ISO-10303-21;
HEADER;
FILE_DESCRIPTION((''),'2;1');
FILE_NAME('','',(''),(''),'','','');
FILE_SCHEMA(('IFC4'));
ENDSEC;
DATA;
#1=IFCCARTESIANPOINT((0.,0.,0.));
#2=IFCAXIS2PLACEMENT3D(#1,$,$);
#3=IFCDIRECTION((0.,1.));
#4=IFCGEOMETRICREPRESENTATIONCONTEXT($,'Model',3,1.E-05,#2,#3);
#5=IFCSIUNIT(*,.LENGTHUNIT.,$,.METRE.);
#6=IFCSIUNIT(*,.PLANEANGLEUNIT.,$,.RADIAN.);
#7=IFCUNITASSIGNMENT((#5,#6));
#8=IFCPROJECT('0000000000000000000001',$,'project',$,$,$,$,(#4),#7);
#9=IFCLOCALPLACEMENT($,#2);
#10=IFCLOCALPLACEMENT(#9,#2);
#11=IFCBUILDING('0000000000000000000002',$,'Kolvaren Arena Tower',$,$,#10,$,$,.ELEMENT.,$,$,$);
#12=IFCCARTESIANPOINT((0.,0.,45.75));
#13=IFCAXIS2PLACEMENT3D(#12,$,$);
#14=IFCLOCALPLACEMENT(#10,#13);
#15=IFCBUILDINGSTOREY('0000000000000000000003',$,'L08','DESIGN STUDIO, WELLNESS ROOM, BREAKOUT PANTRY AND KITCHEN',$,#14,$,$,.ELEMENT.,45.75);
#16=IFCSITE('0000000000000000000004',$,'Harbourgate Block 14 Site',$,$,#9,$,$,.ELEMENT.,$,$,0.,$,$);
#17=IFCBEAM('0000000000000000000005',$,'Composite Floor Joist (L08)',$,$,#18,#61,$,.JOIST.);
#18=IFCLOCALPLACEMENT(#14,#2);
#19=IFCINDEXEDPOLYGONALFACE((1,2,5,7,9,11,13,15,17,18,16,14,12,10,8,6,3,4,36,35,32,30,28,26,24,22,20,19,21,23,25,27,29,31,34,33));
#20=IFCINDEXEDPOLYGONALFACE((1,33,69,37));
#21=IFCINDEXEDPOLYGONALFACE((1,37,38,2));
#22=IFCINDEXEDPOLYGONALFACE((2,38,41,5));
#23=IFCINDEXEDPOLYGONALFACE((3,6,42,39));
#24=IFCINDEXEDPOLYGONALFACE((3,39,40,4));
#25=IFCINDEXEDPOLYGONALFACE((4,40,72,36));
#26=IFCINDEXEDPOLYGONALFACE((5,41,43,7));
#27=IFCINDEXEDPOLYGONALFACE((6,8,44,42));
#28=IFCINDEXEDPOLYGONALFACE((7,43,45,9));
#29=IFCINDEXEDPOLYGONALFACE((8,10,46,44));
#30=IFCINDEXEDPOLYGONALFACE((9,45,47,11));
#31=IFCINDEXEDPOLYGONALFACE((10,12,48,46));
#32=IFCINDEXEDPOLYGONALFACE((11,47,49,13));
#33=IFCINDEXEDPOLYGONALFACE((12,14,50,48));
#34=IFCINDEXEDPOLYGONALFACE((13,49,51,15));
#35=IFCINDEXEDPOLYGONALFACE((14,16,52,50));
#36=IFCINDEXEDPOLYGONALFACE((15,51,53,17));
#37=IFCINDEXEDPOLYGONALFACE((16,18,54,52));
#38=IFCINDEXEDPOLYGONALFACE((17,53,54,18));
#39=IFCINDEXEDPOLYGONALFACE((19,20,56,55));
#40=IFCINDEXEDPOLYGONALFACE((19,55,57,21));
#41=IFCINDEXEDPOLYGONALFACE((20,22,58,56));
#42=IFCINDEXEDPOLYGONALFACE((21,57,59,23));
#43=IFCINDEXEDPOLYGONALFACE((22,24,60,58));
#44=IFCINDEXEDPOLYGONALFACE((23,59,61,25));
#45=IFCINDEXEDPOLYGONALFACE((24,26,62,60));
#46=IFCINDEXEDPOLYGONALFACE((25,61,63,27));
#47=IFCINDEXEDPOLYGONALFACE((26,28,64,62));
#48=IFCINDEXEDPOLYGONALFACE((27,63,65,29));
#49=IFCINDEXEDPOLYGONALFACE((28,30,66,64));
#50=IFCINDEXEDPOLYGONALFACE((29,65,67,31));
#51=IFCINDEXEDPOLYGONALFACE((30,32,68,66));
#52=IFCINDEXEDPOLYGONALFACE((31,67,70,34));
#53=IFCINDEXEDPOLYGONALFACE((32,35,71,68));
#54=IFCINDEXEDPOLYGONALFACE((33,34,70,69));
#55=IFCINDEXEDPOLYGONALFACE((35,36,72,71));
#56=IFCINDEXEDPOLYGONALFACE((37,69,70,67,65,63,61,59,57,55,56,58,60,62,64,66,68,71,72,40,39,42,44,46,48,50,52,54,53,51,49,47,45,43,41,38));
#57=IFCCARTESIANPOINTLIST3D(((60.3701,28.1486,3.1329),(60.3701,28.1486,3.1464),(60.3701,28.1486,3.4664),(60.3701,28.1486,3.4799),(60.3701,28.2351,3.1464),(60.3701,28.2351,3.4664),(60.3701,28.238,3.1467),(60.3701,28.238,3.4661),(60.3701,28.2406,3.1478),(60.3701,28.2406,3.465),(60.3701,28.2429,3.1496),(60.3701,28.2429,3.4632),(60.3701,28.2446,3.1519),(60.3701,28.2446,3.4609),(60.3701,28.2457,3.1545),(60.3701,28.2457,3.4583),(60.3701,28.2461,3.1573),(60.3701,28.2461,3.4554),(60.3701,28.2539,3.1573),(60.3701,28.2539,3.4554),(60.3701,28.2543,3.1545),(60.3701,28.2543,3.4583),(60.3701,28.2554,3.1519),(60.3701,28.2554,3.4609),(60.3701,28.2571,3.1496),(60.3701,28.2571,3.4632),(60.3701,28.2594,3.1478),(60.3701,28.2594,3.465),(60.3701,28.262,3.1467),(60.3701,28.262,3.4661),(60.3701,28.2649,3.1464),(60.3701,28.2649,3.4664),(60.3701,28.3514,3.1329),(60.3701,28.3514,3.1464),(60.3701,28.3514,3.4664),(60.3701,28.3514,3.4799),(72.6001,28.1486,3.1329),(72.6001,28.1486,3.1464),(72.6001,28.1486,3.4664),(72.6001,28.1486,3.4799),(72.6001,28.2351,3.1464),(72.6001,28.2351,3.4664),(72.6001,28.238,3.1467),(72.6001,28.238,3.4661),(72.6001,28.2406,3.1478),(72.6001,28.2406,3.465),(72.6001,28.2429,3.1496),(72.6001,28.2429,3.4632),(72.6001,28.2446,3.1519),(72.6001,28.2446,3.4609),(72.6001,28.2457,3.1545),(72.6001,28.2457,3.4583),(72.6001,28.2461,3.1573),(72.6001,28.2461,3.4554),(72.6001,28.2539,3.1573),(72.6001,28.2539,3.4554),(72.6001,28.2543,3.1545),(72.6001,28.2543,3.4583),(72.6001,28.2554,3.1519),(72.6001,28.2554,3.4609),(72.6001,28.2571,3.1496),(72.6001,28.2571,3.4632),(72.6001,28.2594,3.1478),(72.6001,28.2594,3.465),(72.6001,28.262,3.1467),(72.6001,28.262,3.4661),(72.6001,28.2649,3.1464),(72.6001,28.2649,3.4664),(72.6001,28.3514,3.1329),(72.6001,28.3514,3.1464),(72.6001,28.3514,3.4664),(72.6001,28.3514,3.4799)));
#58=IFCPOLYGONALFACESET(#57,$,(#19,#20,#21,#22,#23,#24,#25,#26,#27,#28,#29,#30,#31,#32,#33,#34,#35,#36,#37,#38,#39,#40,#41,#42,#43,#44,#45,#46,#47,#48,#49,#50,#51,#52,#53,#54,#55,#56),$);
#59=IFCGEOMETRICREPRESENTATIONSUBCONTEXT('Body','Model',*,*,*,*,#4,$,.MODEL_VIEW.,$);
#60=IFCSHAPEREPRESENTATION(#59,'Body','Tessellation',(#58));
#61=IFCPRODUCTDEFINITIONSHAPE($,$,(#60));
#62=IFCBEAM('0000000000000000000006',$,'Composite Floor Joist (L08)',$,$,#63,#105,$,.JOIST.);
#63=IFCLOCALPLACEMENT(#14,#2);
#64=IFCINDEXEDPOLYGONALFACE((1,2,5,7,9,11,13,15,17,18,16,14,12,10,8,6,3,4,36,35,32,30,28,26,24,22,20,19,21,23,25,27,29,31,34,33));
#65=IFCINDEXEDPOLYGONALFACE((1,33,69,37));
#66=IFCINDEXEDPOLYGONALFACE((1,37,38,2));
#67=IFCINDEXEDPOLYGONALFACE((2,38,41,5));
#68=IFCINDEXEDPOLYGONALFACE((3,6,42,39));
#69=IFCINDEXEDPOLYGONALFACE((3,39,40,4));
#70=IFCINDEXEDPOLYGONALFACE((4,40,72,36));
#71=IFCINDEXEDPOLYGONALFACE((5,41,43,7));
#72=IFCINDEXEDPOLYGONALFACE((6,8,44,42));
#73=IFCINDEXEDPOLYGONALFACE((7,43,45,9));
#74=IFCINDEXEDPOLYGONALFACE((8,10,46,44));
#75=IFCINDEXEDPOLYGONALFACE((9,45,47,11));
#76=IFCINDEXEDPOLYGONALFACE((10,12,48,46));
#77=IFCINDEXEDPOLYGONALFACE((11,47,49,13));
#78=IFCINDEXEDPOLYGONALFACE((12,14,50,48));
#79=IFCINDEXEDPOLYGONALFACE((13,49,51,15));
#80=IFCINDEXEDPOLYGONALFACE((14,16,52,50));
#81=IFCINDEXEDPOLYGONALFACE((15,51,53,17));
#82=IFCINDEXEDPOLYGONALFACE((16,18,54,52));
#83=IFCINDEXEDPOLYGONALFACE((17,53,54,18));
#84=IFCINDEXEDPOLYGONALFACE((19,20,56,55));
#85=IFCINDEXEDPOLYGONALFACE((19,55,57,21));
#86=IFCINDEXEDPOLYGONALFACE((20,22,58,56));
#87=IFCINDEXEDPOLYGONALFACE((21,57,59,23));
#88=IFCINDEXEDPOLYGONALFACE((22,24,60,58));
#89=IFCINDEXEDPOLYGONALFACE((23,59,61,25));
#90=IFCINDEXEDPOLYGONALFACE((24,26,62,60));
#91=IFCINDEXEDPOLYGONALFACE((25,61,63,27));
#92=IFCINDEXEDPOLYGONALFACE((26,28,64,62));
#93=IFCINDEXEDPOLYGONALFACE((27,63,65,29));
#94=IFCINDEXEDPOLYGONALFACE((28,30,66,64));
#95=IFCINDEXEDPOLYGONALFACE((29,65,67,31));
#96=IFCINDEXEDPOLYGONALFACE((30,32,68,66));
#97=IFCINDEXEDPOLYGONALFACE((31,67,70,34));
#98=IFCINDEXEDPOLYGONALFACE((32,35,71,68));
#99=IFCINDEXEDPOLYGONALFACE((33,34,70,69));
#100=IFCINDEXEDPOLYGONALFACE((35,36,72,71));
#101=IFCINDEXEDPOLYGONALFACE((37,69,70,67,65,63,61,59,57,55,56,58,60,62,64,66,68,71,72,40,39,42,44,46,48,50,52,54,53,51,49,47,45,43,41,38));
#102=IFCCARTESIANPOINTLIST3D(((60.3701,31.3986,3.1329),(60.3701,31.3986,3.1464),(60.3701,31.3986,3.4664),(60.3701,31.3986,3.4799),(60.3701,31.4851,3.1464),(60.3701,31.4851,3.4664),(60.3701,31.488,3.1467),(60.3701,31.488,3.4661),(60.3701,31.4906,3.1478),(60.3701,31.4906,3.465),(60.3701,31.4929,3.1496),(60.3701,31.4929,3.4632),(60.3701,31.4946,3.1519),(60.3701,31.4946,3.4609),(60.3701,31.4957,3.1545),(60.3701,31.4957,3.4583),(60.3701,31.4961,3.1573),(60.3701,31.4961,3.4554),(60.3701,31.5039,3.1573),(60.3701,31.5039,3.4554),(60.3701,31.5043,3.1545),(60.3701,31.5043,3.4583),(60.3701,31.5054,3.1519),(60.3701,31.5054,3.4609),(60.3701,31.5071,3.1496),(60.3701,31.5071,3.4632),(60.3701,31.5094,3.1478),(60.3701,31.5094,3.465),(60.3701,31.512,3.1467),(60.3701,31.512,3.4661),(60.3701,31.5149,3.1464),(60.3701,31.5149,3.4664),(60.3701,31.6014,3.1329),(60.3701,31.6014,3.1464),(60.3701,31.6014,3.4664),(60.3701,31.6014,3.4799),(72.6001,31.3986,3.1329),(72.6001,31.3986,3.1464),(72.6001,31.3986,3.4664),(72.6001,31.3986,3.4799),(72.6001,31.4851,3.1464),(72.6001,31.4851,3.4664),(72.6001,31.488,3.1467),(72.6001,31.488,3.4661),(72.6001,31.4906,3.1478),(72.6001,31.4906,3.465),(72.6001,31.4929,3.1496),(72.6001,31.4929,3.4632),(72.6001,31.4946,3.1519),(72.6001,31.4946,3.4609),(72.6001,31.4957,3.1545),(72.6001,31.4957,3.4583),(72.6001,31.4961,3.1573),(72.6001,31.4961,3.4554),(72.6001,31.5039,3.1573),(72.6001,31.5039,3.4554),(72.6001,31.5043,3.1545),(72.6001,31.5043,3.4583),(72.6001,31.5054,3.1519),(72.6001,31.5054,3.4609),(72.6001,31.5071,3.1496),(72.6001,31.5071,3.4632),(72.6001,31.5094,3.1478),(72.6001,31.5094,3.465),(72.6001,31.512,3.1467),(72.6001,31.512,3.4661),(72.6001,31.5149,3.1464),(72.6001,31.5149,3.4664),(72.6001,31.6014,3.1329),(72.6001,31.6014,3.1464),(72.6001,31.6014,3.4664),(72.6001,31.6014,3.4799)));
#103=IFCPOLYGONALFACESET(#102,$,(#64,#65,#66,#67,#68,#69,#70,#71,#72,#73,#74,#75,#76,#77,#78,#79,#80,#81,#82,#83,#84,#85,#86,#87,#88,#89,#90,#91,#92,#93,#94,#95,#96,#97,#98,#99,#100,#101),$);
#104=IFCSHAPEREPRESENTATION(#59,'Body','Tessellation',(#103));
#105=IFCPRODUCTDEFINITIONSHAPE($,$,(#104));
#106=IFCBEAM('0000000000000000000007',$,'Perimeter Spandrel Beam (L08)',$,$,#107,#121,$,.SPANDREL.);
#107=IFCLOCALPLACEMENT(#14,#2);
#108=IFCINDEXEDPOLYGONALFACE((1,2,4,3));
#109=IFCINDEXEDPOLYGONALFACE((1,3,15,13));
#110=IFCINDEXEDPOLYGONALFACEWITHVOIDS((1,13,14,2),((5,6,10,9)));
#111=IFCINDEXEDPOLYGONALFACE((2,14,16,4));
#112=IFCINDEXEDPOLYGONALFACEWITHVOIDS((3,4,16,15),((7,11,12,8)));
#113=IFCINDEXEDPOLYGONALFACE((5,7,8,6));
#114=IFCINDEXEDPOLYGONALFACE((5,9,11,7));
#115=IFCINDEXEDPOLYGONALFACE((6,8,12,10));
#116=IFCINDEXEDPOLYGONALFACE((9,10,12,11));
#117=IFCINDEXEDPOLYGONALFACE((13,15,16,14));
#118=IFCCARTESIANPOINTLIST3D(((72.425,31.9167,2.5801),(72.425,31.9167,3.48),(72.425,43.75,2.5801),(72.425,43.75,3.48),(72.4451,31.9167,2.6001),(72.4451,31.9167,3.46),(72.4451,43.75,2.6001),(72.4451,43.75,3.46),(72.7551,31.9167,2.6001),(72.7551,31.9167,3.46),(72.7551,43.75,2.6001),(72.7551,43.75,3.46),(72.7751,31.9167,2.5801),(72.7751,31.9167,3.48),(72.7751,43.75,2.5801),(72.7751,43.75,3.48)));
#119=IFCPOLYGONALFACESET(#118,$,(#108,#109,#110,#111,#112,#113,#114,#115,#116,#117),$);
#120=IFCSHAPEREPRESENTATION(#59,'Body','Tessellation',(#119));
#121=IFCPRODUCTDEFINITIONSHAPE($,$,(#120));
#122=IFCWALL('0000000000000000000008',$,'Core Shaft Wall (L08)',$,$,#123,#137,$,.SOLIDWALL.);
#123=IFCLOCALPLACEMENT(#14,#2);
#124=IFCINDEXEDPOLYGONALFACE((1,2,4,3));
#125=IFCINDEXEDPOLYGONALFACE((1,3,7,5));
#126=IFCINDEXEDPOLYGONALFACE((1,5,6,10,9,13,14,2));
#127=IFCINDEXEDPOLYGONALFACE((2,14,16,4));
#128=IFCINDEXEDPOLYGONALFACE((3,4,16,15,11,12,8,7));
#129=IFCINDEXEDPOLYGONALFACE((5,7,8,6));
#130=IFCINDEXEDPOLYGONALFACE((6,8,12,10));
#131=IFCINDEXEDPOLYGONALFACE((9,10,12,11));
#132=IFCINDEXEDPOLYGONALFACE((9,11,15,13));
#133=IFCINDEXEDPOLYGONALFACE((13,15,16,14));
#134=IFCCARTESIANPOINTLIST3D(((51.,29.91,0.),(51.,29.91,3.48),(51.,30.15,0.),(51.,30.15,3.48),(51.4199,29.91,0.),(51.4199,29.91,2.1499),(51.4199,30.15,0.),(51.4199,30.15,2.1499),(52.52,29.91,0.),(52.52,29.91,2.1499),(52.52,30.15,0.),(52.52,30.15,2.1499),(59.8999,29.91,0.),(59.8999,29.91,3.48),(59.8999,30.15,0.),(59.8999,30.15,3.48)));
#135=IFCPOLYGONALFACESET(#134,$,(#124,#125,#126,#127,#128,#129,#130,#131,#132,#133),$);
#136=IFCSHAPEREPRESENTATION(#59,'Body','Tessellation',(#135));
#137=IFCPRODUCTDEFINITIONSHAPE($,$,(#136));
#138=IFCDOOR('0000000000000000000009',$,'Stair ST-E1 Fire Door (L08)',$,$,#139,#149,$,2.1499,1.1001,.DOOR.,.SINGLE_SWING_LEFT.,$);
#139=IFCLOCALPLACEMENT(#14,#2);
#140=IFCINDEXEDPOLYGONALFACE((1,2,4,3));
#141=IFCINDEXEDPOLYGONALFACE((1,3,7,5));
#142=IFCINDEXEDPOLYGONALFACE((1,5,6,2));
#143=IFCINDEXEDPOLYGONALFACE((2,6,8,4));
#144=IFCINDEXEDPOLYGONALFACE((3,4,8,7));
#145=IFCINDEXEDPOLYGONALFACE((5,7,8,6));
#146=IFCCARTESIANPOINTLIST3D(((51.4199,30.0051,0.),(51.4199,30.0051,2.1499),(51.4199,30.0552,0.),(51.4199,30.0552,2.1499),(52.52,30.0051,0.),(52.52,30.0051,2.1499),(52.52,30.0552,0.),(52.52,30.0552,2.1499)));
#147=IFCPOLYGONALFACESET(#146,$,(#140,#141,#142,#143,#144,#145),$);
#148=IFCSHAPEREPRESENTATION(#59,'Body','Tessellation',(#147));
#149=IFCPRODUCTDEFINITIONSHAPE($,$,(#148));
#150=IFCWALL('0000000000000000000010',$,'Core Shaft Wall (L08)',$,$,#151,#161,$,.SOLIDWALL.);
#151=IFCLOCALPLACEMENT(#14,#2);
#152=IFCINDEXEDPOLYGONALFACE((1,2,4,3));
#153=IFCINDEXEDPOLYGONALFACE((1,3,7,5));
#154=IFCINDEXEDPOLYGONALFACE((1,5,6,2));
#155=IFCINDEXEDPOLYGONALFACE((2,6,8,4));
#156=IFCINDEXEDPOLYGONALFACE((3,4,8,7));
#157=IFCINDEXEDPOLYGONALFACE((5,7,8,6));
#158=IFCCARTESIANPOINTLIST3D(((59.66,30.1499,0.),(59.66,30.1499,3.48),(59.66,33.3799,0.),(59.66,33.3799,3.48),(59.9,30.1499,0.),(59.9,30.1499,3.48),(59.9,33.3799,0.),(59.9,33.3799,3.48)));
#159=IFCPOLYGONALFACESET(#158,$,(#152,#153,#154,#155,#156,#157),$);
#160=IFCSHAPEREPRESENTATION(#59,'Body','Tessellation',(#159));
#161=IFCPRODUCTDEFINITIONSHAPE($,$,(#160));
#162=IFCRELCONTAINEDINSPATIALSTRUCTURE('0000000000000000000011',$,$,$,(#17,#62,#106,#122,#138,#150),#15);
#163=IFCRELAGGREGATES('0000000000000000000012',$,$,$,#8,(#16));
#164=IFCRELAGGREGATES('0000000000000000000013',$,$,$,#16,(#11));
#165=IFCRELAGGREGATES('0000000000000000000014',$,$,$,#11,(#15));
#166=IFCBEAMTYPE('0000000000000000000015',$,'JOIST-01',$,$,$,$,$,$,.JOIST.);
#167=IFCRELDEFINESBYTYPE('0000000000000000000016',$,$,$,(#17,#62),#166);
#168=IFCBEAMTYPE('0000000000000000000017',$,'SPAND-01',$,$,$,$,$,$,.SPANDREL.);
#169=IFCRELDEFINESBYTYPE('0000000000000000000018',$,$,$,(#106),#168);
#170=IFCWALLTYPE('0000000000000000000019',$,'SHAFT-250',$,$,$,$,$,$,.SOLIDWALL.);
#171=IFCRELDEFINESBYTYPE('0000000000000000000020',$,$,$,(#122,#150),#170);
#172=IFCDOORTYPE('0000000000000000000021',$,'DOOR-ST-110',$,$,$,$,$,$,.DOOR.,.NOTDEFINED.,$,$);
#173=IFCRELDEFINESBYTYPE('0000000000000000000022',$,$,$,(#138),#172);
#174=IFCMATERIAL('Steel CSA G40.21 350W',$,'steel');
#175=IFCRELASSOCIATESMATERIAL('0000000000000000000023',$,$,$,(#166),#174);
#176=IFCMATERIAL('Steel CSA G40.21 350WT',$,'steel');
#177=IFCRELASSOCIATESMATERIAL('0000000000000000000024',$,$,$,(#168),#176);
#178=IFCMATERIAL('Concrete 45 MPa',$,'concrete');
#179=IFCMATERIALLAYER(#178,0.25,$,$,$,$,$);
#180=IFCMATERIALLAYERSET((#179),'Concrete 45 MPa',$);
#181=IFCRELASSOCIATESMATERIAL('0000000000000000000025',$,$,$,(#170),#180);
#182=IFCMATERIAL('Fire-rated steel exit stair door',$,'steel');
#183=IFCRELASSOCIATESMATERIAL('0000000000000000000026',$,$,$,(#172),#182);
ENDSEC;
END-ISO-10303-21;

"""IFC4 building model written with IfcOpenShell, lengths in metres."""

from ifc_helpers import new_model, si_unit, direction, frame, frame_2d, origin, origin_2d, place, context, subcontext, project, spatial, rectangle, hollow_rectangle, i_section, extrude, material, layer, layer_set, material_profile, profile_set, type_object, element, fill, save


model = new_model("IFC4")

# Units and contexts
model_context = context("Model", 3, precision=1e-05, world=origin(), true_north=direction((0.0, 1.0)))
body_context = subcontext(model_context, "Body", "Model", "MODEL_VIEW")
ifc_project = project(units=[si_unit("LENGTHUNIT", "METRE"), si_unit("PLANEANGLEUNIT", "RADIAN")], contexts=[model_context])

# Site, building, storey
site_placement = place(None, origin())
site = spatial("IfcSite", under=ifc_project, at=site_placement, Name="Harbourgate Block 14 Site", CompositionType="ELEMENT", RefElevation=0.0)
building_placement = place(site_placement, origin())
building = spatial("IfcBuilding", under=site, at=building_placement, Name="Kolvaren Arena Tower", CompositionType="ELEMENT")
storey_placement = place(building_placement, frame((0.0, 0.0, 45.75)))
storey = spatial("IfcBuildingStorey", under=building, at=storey_placement, Name="L08", Description="DESIGN STUDIO, WELLNESS ROOM, BREAKOUT PANTRY AND KITCHEN", CompositionType="ELEMENT", Elevation=45.75)

# Beams
ifc_material_1 = material(Name="Steel CSA G40.21 350W", Category="steel")
ifc_material_profile_1 = material_profile(ifc_material_1, i_section(OverallWidth=0.2029, OverallDepth=0.3469, WebThickness=0.0078, FlangeThickness=0.0134, FilletRadius=0.011, at=origin_2d()), Name="W360x64")
ifc_profile_set_1 = profile_set([ifc_material_profile_1], Name="Steel CSA G40.21 350W")
beam_type_1 = type_object("IfcBeamType", Name="JOIST-01", PredefinedType="JOIST", material=ifc_profile_set_1)
for number, where, z_axis, x_axis, name in (
    (1, (60.3701, 28.25, 3.3064), (1.0, 0.0, 0.0), (0.0, 1.0, 0.0), "Composite Floor Joist (L08)"),
    (2, (60.3701, 31.5, 3.3064), (1.0, 0.0, 0.0), (0.0, 1.0, 0.0), "Composite Floor Joist (L08)"),
):
    element("IfcBeam", number, at=place(storey_placement, frame(where, z_axis=z_axis, x_axis=x_axis)), inside=storey, type_object=beam_type_1, Name=name, PredefinedType="JOIST", context=body_context, shape_type="SweptSolid", body=[
        extrude(i_section(OverallWidth=0.2029, OverallDepth=0.3469, WebThickness=0.0078, FlangeThickness=0.0134, FilletRadius=0.011, at=origin_2d()), origin(), (0.0, 0.0, 1.0), 12.23),
    ])
ifc_material_2 = material(Name="Steel CSA G40.21 350WT", Category="steel")
ifc_material_profile_2 = material_profile(ifc_material_2, hollow_rectangle(XDim=0.3501, YDim=0.8999, WallThickness=0.02, at=origin_2d()), Name="HSS 900x350x20")
ifc_profile_set_2 = profile_set([ifc_material_profile_2], Name="Steel CSA G40.21 350WT")
beam_type_2 = type_object("IfcBeamType", Name="SPAND-01", PredefinedType="SPANDREL", material=ifc_profile_set_2)
beam_1_placement = place(storey_placement, frame((72.6001, 31.9167, 3.03), z_axis=(0.0, 1.0, 0.0), x_axis=(-1.0, 0.0, 0.0)))
element("IfcBeam", 3, at=beam_1_placement, inside=storey, type_object=beam_type_2, Name="Perimeter Spandrel Beam (L08)", PredefinedType="SPANDREL", context=body_context, shape_type="SweptSolid", body=[
    extrude(hollow_rectangle(XDim=0.3501, YDim=0.8999, WallThickness=0.02, at=origin_2d()), origin(), (0.0, 0.0, 1.0), 11.8333),
])

# Wall, opening, door
ifc_material_3 = material(Name="Concrete 45 MPa", Category="concrete")
ifc_layer = layer(ifc_material_3, 0.25)
ifc_layer_set = layer_set([ifc_layer], Name="Concrete 45 MPa")
wall_type = type_object("IfcWallType", Name="SHAFT-250", PredefinedType="SOLIDWALL", material=ifc_layer_set)
wall_1_placement = place(storey_placement, frame((59.8999, 30.03, 0.0), z_axis=(0.0, 0.0, 1.0), x_axis=(-1.0, 0.0, 0.0)))
wall_1 = element("IfcWall", 4, at=wall_1_placement, inside=storey, type_object=wall_type, Name="Core Shaft Wall (L08)", PredefinedType="SOLIDWALL", context=body_context, shape_type="SweptSolid", body=[
    extrude(rectangle(XDim=8.8999, YDim=0.24, at=frame_2d((4.45, 0.0))), origin(), (0.0, 0.0, 1.0), 3.48),
])
opening_1_placement = place(wall_1_placement, frame((7.3799, 0.0, 0.0)))
opening_1 = element("IfcOpeningElement", 5, at=opening_1_placement, cuts=wall_1, PredefinedType="OPENING", context=body_context, shape_type="SweptSolid", body=[
    extrude(rectangle(XDim=1.1001, YDim=2.1499, at=frame_2d((0.55, 1.075))), frame((0.0, 0.1299, 0.0), z_axis=(0.0, -1.0, 0.0), x_axis=(1.0, 0.0, 0.0)), (0.0, 0.0, 1.0), 0.26),
])
ifc_material_4 = material(Name="Fire-rated steel exit stair door", Category="steel")
door_type = type_object("IfcDoorType", Name="DOOR-ST-110", OperationType="NOTDEFINED", PredefinedType="DOOR", material=ifc_material_4)
door_1_placement = place(opening_1_placement, origin())
door_1 = element("IfcDoor", 6, at=door_1_placement, inside=storey, type_object=door_type, Name="Stair ST-E1 Fire Door (L08)", OperationType="SINGLE_SWING_LEFT", OverallHeight=2.1499, OverallWidth=1.1001, PredefinedType="DOOR", context=body_context, shape_type="SweptSolid", body=[
    extrude(rectangle(XDim=1.1001, YDim=2.1499, at=frame_2d((0.55, 1.075))), frame((0.0, 0.0249, 0.0), z_axis=(0.0, -1.0, 0.0), x_axis=(1.0, 0.0, 0.0)), (0.0, 0.0, 1.0), 0.05),
])
fill(opening_1, door_1)

# Wall
wall_2_placement = place(storey_placement, frame((59.78, 30.1499, 0.0), z_axis=(0.0, 0.0, 1.0), x_axis=(0.0, 1.0, 0.0)))
element("IfcWall", 7, at=wall_2_placement, inside=storey, type_object=wall_type, Name="Core Shaft Wall (L08)", PredefinedType="SOLIDWALL", context=body_context, shape_type="SweptSolid", body=[
    extrude(rectangle(XDim=3.23, YDim=0.24, at=frame_2d((1.615, 0.0))), origin(), (0.0, 0.0, 1.0), 3.48),
])

save(model, "model.ifc")
